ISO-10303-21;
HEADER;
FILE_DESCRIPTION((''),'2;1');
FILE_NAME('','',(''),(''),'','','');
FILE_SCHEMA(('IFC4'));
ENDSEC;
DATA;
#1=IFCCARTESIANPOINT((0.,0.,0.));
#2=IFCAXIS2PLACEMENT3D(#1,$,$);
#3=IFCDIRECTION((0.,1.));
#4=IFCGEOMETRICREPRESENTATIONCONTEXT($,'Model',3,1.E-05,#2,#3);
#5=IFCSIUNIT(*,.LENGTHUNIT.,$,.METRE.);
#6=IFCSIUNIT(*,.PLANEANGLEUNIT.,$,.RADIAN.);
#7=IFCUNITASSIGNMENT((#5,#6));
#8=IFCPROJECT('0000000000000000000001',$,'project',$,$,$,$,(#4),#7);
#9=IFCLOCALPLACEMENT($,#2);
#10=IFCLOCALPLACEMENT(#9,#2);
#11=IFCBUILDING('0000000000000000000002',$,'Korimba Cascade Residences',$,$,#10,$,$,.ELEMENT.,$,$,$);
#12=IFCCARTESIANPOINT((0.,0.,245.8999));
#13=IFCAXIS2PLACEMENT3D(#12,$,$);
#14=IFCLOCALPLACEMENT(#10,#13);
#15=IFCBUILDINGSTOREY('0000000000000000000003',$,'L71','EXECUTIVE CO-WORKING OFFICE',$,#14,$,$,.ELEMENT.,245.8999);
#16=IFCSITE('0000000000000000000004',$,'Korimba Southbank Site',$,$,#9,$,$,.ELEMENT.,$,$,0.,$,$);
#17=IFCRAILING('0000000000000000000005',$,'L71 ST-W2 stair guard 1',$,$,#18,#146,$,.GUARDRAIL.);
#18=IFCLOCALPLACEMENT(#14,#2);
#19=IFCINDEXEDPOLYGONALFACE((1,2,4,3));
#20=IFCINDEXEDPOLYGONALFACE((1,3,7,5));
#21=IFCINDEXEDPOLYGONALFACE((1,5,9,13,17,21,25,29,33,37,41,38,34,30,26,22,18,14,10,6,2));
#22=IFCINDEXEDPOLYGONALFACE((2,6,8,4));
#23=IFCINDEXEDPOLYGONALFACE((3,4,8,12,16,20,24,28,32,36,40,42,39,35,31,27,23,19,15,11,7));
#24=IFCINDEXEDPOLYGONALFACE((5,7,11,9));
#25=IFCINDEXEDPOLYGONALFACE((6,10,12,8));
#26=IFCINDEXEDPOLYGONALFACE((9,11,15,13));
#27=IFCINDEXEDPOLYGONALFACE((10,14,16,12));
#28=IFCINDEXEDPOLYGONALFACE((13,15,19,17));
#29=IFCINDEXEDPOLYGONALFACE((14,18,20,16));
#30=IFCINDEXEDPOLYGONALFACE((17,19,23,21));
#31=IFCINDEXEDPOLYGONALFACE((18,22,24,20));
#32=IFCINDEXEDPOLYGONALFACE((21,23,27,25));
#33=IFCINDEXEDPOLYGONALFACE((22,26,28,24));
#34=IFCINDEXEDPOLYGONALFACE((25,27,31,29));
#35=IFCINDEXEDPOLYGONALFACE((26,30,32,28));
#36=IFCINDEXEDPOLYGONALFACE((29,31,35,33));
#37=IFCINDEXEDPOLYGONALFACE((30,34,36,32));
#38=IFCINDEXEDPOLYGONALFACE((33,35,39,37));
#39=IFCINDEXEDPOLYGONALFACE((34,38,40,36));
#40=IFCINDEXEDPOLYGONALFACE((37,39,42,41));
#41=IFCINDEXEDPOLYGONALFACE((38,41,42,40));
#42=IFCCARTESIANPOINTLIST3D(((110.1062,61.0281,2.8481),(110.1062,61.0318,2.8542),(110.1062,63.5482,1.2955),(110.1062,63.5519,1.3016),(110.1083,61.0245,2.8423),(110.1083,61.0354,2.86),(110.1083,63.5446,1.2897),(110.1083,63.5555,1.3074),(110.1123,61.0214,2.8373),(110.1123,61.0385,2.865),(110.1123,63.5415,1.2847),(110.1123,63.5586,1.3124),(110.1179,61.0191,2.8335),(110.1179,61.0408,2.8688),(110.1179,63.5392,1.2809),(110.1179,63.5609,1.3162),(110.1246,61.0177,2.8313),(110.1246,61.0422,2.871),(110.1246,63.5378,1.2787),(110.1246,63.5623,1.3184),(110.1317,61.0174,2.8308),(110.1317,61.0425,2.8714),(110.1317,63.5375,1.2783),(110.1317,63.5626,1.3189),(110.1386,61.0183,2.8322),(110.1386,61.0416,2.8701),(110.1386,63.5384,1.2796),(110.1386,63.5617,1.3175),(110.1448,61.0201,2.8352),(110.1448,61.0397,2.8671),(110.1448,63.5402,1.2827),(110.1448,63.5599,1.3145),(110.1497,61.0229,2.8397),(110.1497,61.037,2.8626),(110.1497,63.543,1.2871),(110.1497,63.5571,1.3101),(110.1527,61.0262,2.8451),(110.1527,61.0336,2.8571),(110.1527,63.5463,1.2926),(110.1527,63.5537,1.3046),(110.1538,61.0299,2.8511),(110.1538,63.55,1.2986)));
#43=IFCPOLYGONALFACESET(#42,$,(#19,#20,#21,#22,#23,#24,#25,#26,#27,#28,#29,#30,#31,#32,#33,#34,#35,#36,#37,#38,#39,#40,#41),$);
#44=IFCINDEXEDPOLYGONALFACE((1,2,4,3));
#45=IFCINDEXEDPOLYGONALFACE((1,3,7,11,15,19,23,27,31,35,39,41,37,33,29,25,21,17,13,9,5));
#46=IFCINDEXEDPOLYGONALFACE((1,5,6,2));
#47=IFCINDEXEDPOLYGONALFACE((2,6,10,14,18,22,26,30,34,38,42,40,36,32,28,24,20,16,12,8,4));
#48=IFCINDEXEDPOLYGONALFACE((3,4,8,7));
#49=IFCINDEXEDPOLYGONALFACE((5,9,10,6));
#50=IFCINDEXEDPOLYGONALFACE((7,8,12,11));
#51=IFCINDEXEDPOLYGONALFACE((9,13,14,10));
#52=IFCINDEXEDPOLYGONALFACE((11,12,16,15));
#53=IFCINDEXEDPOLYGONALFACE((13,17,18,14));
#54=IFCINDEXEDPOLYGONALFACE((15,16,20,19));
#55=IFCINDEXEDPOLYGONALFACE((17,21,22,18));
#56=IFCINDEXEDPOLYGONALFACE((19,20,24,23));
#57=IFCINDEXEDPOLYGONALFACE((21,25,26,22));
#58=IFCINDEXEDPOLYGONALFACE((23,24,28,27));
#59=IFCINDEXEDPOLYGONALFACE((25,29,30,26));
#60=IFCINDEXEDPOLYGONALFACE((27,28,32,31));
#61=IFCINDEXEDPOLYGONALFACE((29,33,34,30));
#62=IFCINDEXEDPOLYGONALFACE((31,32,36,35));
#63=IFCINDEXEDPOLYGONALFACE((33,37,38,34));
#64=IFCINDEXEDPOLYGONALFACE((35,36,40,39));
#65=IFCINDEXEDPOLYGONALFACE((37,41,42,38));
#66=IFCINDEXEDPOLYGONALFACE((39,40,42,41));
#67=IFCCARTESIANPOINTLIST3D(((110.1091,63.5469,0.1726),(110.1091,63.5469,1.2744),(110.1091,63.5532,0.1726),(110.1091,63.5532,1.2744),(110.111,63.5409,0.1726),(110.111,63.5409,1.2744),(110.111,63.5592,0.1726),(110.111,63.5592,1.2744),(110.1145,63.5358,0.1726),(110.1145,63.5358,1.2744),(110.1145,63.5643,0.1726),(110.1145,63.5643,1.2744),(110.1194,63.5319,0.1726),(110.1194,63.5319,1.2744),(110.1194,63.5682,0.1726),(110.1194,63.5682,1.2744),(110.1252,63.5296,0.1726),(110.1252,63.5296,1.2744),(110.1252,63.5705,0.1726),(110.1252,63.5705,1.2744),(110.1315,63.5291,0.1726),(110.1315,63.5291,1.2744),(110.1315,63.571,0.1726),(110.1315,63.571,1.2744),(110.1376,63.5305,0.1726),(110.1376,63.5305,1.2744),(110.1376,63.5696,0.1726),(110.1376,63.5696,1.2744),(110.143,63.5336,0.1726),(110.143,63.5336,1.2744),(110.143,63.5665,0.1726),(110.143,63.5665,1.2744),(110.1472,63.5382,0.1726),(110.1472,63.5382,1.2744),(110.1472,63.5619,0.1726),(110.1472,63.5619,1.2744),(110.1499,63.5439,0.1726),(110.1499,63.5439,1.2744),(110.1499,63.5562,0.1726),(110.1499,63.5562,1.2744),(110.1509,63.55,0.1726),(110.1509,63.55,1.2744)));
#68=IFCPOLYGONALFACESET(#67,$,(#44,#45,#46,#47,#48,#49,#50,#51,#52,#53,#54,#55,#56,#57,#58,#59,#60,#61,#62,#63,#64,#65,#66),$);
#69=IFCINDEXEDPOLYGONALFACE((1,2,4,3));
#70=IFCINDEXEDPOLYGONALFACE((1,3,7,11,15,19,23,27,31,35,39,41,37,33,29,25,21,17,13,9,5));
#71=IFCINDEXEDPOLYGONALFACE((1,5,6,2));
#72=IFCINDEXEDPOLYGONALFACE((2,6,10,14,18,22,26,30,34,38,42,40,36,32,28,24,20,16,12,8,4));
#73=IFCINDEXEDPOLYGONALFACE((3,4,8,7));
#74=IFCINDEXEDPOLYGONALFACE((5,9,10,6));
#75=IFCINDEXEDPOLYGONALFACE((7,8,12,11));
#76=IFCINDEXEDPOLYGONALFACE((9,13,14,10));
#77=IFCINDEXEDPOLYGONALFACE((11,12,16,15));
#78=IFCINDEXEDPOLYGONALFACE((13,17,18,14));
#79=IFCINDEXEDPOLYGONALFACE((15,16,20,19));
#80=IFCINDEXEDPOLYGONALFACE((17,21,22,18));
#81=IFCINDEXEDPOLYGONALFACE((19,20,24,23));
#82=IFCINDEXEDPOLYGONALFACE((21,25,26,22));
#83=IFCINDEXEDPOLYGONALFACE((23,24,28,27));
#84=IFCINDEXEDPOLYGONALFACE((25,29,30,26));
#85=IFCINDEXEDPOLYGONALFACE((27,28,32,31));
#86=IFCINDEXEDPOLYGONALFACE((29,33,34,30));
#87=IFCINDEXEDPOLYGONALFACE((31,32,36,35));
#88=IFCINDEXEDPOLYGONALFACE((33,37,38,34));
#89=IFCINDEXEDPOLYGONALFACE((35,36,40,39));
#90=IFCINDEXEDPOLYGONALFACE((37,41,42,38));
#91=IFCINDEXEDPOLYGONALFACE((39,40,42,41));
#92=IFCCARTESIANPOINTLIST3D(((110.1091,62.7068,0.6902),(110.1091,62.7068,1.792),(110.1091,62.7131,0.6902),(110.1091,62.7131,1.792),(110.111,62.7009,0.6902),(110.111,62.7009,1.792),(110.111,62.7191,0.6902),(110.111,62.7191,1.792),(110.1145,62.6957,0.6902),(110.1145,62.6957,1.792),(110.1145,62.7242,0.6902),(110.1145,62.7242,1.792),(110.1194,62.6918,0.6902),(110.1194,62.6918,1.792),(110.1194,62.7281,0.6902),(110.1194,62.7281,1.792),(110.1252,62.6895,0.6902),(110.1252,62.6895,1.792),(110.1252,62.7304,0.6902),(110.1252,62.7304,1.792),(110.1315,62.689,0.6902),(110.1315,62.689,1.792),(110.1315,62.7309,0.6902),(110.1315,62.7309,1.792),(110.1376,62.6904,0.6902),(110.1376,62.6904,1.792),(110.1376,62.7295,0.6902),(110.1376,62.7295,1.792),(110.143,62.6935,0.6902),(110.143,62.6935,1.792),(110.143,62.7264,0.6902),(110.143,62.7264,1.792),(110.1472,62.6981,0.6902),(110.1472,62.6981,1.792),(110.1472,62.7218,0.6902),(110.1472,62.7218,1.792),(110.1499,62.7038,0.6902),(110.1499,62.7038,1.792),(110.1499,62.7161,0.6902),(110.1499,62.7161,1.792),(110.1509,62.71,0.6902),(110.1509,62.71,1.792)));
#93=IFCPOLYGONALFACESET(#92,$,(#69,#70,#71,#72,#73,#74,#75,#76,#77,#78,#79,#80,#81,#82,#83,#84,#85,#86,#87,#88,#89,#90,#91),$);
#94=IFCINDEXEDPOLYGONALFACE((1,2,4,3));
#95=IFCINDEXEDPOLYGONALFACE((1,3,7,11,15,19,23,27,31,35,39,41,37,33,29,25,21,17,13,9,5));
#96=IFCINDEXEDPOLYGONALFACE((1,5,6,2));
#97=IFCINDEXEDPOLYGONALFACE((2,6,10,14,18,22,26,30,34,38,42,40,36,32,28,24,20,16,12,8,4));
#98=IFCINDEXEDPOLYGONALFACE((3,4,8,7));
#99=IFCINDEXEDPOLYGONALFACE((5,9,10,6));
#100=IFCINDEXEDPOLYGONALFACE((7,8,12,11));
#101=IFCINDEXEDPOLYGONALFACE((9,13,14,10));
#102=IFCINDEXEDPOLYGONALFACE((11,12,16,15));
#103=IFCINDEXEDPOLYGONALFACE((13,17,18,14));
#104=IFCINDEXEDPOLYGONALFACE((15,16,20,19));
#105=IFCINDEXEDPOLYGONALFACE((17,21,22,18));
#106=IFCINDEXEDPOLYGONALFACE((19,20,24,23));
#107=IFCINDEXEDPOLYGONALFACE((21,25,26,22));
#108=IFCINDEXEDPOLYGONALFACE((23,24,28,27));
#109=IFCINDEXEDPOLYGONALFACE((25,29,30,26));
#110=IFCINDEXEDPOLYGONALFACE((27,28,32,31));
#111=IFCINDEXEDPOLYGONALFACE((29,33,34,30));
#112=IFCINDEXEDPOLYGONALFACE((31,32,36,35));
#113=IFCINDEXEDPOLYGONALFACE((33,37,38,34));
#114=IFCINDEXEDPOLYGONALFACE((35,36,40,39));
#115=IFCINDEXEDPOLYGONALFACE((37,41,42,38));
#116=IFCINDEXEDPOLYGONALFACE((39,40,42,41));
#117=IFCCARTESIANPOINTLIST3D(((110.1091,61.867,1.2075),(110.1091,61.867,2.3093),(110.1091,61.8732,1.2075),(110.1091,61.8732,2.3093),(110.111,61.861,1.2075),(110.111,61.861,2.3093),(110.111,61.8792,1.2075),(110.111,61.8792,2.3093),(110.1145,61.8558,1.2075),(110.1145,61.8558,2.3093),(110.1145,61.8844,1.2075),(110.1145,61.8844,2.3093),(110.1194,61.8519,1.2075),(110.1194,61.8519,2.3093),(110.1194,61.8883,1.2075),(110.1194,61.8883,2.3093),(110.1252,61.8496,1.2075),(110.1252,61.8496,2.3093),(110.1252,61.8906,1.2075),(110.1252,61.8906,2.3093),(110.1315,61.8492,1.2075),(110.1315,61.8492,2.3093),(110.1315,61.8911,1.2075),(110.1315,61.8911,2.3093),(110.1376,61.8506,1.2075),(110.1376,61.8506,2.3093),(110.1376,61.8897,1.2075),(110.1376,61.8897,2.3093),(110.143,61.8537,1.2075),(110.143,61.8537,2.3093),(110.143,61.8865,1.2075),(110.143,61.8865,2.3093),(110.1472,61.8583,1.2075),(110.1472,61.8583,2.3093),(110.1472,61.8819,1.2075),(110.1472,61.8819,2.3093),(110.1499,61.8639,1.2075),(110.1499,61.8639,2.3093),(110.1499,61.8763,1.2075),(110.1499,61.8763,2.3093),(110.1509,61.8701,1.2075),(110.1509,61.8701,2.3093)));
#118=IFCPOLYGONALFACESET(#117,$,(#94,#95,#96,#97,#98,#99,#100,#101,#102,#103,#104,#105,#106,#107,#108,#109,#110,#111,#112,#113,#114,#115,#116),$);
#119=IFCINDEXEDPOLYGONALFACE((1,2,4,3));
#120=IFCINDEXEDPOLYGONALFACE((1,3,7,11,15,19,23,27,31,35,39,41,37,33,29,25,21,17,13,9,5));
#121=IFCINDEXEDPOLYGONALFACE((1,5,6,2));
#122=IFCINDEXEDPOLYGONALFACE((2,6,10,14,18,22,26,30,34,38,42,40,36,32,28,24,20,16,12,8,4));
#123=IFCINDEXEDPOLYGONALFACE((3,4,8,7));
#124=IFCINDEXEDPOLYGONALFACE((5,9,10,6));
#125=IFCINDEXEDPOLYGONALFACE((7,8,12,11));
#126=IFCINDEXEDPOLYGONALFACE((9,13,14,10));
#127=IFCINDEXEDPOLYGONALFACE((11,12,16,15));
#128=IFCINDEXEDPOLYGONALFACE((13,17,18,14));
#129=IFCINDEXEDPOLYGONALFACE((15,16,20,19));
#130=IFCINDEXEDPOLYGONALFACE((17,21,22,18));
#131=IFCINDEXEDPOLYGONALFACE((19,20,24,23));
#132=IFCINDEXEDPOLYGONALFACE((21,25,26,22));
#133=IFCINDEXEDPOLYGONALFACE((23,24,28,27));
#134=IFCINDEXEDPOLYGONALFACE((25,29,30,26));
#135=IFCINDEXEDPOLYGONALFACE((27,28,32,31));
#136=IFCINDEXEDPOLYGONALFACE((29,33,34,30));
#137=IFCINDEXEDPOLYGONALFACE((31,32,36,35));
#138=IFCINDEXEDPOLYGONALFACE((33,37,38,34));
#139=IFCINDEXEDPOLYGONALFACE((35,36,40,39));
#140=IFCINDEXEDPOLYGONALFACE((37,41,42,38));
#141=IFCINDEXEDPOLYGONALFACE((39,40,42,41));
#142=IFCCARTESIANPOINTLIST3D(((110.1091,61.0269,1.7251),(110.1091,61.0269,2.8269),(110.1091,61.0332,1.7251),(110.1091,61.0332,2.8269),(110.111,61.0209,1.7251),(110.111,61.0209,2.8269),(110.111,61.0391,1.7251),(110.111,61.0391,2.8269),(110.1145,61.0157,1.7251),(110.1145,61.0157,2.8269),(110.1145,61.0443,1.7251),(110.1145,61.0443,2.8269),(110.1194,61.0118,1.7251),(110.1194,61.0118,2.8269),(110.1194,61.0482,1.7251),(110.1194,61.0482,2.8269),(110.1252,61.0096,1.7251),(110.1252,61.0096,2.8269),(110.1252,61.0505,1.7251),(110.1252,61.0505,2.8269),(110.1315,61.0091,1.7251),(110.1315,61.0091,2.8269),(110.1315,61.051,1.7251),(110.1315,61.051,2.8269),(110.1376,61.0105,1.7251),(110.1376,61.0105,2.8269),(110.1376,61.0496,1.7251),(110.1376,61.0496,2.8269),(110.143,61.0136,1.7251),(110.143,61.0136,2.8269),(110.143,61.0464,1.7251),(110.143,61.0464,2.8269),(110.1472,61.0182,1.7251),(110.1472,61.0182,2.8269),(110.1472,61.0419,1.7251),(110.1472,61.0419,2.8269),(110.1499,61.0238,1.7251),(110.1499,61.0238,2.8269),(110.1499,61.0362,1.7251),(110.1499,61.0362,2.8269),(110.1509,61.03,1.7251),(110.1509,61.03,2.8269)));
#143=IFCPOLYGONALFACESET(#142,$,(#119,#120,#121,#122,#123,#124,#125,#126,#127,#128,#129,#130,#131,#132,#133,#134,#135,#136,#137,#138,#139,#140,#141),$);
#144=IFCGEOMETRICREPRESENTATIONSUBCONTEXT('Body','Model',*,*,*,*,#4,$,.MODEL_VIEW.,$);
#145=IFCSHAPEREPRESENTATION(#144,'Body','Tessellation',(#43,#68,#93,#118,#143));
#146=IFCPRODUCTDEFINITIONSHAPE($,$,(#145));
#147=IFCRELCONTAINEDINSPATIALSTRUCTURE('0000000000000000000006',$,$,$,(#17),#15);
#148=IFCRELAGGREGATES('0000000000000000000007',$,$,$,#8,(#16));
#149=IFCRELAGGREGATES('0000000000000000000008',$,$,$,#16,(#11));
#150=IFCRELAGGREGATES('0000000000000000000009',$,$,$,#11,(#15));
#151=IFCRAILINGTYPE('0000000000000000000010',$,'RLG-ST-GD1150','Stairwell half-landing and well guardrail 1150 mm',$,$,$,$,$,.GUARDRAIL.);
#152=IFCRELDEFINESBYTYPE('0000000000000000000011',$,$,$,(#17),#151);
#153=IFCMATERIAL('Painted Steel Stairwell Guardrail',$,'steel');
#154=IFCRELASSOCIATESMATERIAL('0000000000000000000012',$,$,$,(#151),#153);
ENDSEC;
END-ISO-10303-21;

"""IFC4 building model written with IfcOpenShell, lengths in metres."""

from ifc_helpers import new_model, si_unit, direction, frame, origin, origin_2d, place, context, subcontext, project, spatial, circle, extrude, material, type_object, element, save


model = new_model("IFC4")

# Units and contexts
model_context = context("Model", 3, precision=1e-05, world=origin(), true_north=direction((0.0, 1.0)))
body_context = subcontext(model_context, "Body", "Model", "MODEL_VIEW")
ifc_project = project(units=[si_unit("LENGTHUNIT", "METRE"), si_unit("PLANEANGLEUNIT", "RADIAN")], contexts=[model_context])

# Site, building, storey
site_placement = place(None, origin())
site = spatial("IfcSite", under=ifc_project, at=site_placement, Name="Korimba Southbank Site", CompositionType="ELEMENT", RefElevation=0.0)
building_placement = place(site_placement, origin())
building = spatial("IfcBuilding", under=site, at=building_placement, Name="Korimba Cascade Residences", CompositionType="ELEMENT")
storey_placement = place(building_placement, frame((0.0, 0.0, 245.8999)))
storey = spatial("IfcBuildingStorey", under=building, at=storey_placement, Name="L71", Description="EXECUTIVE CO-WORKING OFFICE", CompositionType="ELEMENT", Elevation=245.8999)

# Railing
ifc_material_1 = material(Name="Painted Steel Stairwell Guardrail", Category="steel")
railing_type_1 = type_object("IfcRailingType", Name="RLG-ST-GD1150", Description="Stairwell half-landing and well guardrail 1150 mm", PredefinedType="GUARDRAIL", material=ifc_material_1)
railing_1_placement = place(storey_placement, frame((110.1299, 63.55, 0.1726)))
element("IfcRailing", 1, at=railing_1_placement, inside=storey, type_object=railing_type_1, Name="L71 ST-W2 stair guard 1", PredefinedType="GUARDRAIL", context=body_context, shape_type="SweptSolid", body=[
    extrude(circle(Radius=0.0239, at=origin_2d()), frame((0.0, 0.0, 1.126), z_axis=(0.0, -0.8514, 0.524516), x_axis=(1.0, 0.0, 0.0)), (0.0, 0.0, 1.0), 2.96),
    extrude(circle(Radius=0.021, at=origin_2d()), origin(), (0.0, 0.0, 1.0), 1.1018),
    extrude(circle(Radius=0.021, at=origin_2d()), frame((0.0, -0.8401, 0.5176)), (0.0, 0.0, 1.0), 1.1018),
    extrude(circle(Radius=0.021, at=origin_2d()), frame((0.0, -1.6799, 1.0349)), (0.0, 0.0, 1.0), 1.1018),
    extrude(circle(Radius=0.021, at=origin_2d()), frame((0.0, -2.52, 1.5525)), (0.0, 0.0, 1.0), 1.1018),
])

save(model, "model.ifc")
